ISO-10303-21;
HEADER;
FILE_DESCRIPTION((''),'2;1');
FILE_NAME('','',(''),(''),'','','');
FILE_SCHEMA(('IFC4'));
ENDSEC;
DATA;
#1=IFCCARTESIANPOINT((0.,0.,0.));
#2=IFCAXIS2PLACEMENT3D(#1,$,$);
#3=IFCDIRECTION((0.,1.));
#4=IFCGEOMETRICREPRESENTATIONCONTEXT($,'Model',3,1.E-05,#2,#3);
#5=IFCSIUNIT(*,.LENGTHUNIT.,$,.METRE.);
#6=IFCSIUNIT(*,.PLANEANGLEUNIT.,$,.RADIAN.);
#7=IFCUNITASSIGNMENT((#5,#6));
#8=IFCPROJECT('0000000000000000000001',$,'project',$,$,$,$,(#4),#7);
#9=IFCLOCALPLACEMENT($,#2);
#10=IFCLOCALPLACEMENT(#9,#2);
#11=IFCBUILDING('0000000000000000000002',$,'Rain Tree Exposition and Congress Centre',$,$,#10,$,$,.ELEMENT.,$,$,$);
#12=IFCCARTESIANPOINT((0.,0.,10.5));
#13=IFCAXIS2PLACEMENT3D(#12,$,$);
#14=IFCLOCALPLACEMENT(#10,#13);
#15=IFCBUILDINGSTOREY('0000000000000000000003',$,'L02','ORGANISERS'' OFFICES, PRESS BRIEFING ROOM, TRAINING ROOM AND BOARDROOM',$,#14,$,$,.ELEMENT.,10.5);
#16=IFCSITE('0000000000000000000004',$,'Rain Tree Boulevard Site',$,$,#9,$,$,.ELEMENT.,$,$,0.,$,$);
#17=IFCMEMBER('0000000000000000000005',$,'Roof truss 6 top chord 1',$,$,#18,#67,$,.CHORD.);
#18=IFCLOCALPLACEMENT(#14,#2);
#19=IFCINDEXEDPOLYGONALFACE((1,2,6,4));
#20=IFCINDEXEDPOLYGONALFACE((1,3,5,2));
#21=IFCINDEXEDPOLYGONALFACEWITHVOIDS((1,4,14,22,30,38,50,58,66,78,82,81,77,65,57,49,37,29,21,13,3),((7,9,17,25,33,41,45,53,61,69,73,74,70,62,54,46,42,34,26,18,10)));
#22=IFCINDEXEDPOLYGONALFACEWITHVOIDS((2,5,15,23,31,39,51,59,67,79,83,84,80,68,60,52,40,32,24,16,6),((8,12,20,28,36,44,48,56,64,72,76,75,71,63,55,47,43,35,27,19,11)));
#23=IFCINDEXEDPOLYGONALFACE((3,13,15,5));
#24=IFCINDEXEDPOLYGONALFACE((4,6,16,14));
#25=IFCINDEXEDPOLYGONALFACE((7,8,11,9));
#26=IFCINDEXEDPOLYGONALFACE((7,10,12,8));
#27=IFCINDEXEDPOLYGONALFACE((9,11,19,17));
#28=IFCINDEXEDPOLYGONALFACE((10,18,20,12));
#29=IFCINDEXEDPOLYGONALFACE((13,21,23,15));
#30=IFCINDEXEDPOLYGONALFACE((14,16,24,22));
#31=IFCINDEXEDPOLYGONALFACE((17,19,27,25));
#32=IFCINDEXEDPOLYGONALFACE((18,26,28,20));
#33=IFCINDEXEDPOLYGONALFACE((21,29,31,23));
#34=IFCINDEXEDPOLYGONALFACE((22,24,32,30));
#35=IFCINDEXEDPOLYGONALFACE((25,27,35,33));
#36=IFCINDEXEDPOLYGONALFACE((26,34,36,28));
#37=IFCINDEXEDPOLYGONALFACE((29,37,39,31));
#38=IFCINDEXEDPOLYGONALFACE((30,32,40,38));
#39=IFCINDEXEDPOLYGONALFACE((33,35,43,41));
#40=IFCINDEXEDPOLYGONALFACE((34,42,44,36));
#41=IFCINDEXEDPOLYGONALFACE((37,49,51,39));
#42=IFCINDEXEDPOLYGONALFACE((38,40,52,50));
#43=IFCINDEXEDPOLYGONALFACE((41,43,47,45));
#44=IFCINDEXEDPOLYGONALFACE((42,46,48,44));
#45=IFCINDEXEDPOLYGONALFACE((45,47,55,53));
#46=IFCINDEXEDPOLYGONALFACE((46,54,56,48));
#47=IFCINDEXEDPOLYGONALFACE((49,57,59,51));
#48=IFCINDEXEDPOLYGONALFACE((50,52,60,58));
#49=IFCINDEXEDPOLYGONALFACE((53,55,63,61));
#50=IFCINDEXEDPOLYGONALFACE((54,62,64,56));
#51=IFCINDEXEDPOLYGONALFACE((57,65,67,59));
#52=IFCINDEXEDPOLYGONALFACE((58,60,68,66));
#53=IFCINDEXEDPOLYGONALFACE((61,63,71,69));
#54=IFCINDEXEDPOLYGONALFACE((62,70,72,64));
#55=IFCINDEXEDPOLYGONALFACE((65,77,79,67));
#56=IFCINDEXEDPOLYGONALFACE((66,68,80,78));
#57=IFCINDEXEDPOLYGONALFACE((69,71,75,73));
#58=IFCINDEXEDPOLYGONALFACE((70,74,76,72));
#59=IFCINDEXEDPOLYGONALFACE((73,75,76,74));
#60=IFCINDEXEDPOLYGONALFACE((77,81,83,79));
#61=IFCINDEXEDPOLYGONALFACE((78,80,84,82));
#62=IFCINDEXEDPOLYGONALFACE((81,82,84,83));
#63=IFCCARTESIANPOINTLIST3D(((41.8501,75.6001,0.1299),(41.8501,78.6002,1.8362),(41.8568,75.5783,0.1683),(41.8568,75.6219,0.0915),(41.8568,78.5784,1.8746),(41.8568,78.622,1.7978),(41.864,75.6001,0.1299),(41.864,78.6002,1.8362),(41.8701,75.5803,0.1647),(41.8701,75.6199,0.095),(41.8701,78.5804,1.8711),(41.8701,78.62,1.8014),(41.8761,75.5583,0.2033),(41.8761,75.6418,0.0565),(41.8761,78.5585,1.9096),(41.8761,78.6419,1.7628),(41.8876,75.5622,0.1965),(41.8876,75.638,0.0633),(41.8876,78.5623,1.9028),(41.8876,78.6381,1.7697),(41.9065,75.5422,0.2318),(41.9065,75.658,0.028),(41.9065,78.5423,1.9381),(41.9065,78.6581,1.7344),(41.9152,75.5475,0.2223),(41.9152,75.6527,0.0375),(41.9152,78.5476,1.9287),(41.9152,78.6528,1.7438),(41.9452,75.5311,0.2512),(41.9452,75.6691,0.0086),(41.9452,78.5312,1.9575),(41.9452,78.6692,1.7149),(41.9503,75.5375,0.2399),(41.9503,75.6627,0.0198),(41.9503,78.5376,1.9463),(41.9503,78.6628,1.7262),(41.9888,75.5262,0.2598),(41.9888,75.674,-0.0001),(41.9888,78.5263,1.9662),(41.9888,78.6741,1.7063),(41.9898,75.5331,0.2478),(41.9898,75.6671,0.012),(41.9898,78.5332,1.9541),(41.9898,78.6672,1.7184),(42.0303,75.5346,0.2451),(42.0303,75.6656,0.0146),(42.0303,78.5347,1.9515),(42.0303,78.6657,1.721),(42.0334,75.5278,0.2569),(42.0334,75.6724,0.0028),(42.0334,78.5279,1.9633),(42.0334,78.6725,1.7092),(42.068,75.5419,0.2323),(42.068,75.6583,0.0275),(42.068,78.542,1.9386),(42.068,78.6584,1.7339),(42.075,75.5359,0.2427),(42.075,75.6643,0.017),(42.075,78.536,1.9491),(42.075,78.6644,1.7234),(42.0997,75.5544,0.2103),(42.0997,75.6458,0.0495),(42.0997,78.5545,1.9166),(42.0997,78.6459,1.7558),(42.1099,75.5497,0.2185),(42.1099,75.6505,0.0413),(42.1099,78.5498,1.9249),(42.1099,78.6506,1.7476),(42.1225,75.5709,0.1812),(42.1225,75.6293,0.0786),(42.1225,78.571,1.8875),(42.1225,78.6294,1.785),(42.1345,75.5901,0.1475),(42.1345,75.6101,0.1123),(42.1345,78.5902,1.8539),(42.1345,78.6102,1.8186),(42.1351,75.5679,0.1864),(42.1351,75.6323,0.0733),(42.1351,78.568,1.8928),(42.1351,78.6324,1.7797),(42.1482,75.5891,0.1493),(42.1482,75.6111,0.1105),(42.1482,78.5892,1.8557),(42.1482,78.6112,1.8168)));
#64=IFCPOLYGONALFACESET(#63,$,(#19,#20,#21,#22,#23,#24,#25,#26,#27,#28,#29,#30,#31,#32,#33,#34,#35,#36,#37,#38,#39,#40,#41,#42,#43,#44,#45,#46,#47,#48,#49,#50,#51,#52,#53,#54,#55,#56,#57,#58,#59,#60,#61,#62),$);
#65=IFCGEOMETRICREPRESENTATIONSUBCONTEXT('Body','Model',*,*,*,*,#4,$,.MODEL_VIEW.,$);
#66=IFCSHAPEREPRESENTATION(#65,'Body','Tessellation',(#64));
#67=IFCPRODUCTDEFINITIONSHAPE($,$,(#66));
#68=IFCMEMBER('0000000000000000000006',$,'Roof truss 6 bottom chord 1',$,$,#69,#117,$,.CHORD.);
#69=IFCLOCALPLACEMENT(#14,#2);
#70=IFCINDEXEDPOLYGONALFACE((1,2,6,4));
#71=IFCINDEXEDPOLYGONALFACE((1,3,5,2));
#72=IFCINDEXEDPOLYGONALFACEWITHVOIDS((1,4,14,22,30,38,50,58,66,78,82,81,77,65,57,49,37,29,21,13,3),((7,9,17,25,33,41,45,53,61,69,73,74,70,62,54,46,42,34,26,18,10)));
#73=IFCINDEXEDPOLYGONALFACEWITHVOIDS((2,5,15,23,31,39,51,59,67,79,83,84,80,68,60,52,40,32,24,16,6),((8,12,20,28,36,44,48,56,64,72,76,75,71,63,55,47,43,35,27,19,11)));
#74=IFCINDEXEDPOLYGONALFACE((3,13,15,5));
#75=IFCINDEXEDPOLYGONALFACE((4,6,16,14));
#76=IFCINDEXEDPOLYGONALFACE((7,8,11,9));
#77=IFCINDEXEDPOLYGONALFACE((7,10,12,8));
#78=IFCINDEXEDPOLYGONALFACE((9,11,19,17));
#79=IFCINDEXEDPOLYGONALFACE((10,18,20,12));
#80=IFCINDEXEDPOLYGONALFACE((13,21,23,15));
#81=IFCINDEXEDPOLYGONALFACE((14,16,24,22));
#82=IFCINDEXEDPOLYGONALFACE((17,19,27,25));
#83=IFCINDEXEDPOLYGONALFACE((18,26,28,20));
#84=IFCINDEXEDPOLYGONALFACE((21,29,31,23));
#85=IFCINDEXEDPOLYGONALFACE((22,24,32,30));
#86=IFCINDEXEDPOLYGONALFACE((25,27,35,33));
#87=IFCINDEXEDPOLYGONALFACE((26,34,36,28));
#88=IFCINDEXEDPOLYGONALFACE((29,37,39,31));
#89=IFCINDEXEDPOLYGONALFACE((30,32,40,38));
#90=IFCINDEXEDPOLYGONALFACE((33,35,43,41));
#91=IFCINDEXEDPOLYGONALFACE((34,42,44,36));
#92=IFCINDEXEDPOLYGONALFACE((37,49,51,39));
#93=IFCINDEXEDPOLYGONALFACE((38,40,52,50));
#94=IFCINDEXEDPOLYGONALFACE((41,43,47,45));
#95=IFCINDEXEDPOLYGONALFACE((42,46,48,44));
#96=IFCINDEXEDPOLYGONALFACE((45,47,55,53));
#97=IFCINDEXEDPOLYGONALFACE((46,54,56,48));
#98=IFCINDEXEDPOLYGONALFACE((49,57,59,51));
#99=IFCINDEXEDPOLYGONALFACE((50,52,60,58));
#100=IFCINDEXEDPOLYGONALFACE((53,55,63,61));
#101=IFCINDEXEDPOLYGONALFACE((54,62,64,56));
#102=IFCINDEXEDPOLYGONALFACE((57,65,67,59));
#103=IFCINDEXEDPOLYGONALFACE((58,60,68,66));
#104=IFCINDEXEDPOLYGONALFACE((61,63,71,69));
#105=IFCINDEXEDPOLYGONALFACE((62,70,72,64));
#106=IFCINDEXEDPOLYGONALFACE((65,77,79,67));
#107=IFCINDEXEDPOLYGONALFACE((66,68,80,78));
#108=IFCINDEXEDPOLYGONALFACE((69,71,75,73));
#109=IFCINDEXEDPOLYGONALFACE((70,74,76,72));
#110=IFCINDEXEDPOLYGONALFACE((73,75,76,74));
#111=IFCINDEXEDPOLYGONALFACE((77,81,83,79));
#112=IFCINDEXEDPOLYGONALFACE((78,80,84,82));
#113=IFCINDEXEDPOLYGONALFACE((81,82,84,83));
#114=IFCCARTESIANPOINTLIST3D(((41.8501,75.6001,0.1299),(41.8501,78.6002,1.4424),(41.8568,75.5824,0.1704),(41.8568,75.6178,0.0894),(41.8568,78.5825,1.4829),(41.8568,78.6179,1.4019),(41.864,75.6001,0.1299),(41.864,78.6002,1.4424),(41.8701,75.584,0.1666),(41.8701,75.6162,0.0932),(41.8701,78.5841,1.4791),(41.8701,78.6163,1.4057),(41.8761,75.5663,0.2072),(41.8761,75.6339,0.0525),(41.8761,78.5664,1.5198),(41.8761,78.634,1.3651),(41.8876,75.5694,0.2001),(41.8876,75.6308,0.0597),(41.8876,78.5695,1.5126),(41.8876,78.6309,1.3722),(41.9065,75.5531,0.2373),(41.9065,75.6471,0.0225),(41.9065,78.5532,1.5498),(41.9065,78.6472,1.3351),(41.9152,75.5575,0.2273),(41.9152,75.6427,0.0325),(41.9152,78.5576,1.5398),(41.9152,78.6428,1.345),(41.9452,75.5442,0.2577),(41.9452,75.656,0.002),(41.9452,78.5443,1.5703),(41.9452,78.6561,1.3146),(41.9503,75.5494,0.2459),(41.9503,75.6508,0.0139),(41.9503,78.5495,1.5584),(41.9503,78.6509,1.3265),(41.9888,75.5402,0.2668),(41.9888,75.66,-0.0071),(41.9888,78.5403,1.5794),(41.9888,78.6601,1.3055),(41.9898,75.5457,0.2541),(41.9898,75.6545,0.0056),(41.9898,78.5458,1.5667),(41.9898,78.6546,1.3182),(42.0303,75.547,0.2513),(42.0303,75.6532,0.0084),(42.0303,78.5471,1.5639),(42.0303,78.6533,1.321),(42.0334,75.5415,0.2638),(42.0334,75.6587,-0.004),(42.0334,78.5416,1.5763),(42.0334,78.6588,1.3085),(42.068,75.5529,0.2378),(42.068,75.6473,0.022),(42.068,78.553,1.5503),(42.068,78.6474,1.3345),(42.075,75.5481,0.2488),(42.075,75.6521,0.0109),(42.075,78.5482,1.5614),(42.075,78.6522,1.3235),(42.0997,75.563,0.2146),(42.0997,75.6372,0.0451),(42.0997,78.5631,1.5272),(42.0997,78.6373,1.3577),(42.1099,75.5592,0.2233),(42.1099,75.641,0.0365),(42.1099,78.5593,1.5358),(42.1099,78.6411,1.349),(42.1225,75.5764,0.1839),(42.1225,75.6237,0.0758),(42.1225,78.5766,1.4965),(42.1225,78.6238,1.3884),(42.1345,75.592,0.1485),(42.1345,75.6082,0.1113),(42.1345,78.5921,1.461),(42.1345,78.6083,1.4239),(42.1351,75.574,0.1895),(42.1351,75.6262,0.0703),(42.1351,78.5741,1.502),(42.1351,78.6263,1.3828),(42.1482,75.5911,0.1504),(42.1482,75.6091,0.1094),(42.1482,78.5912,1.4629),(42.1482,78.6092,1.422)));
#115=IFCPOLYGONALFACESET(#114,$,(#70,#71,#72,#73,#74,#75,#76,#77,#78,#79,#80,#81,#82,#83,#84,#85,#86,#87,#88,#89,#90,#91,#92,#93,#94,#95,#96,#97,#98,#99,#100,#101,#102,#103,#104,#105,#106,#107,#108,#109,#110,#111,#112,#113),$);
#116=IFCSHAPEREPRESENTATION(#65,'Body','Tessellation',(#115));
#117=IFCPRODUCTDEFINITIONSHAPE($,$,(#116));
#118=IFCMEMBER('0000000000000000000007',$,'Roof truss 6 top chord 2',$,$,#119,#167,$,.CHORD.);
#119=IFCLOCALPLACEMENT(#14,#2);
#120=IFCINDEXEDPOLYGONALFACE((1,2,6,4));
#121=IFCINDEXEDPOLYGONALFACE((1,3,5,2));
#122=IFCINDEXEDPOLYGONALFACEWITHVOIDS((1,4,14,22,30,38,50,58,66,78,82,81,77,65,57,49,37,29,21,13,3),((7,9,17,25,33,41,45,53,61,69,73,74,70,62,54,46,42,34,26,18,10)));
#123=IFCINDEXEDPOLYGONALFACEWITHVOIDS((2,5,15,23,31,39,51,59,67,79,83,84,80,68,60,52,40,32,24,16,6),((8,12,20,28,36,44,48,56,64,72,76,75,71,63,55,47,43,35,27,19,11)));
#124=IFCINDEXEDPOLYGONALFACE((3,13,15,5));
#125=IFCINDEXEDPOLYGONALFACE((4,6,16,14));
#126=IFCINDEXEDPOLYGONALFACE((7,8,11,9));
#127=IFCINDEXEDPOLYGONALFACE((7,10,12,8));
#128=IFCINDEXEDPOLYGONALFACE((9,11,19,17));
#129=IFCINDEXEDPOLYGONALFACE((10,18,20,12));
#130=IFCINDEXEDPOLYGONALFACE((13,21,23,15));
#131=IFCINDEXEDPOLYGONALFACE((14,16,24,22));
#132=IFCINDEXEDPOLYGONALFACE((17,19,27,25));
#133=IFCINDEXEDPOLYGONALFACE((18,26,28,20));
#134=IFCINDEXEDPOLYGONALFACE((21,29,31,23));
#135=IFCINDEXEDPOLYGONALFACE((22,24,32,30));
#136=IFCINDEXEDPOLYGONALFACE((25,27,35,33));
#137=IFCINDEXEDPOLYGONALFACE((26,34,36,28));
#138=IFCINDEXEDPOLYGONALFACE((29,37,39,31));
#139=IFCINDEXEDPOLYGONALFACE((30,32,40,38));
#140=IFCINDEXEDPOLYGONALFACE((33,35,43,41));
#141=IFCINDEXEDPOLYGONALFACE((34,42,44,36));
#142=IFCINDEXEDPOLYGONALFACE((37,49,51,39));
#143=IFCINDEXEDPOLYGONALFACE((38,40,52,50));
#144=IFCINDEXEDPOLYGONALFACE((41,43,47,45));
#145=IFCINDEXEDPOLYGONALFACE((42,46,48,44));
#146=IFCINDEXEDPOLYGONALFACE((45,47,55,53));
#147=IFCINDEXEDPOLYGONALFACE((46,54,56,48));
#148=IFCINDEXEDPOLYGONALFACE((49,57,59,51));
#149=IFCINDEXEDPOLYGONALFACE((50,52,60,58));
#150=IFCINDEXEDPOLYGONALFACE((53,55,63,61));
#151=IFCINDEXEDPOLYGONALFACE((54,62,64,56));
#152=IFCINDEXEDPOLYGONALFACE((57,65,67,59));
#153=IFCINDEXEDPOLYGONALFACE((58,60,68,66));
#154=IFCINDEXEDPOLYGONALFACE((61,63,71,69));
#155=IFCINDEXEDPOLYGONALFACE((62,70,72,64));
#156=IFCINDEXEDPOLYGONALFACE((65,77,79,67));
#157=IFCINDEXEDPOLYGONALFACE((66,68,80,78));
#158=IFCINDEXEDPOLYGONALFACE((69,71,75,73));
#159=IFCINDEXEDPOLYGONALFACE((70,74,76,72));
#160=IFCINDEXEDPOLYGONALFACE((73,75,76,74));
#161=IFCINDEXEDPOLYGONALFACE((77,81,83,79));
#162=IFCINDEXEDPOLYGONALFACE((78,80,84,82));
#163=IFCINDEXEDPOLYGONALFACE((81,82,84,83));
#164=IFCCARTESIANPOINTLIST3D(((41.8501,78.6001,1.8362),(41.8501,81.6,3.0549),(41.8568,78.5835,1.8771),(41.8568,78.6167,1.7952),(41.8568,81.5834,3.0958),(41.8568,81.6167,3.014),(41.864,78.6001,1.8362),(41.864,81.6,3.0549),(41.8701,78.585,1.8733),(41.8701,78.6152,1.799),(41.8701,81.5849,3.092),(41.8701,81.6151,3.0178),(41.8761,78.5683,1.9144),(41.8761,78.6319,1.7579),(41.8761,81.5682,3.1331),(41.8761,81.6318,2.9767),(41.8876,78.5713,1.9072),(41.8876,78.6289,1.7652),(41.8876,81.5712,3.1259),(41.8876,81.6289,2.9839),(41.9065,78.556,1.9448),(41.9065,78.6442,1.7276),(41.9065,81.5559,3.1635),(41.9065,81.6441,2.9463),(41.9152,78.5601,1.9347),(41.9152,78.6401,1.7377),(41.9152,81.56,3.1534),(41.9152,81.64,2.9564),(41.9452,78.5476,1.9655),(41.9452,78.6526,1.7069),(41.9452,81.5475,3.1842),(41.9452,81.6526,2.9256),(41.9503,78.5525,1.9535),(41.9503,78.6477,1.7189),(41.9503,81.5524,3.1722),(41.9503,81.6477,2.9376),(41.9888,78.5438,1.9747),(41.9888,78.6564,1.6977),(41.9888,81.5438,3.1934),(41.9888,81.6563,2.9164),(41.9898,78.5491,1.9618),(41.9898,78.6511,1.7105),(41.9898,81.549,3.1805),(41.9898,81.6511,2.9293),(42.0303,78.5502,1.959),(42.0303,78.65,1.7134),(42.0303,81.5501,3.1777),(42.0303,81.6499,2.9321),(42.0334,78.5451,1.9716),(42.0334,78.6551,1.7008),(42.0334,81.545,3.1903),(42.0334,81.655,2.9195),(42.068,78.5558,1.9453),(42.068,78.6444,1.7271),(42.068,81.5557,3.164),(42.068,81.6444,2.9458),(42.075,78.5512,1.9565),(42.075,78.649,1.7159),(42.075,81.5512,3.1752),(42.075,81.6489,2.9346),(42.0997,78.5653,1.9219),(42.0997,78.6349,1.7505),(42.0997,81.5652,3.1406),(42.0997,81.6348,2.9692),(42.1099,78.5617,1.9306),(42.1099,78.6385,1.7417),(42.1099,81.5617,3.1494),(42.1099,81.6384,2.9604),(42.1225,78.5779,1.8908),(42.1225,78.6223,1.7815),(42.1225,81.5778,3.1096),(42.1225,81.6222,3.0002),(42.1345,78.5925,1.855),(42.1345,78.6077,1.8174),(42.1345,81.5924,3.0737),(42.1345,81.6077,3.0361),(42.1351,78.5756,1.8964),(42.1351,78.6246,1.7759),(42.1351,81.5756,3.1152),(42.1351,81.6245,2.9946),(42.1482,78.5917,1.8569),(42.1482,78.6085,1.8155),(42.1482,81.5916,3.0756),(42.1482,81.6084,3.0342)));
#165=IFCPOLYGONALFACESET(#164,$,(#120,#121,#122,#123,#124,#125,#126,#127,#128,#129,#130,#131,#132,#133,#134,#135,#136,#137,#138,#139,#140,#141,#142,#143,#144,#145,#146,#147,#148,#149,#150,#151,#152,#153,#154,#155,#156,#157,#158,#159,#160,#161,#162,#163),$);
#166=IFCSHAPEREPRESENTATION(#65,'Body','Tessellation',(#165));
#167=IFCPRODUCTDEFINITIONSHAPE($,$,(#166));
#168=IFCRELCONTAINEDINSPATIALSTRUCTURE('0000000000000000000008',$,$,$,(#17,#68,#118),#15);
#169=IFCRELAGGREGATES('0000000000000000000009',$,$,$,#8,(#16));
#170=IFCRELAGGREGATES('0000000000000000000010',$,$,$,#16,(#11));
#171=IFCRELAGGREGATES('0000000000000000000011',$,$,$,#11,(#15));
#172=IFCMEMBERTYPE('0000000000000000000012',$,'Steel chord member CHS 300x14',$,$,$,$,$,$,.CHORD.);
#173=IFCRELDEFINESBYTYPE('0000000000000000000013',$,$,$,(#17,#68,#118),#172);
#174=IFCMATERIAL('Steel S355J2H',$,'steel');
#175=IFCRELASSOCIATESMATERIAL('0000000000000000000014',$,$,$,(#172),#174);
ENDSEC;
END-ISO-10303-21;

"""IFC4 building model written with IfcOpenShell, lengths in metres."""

from ifc_helpers import new_model, si_unit, direction, frame, origin, origin_2d, place, context, subcontext, project, spatial, hollow_circle, extrude, material, material_profile, profile_set, type_object, element, save


model = new_model("IFC4")

# Units and contexts
model_context = context("Model", 3, precision=1e-05, world=origin(), true_north=direction((0.0, 1.0)))
body_context = subcontext(model_context, "Body", "Model", "MODEL_VIEW")
ifc_project = project(units=[si_unit("LENGTHUNIT", "METRE"), si_unit("PLANEANGLEUNIT", "RADIAN")], contexts=[model_context])

# Site, building, storey
site_placement = place(None, origin())
site = spatial("IfcSite", under=ifc_project, at=site_placement, Name="Rain Tree Boulevard Site", CompositionType="ELEMENT", RefElevation=0.0)
building_placement = place(site_placement, origin())
building = spatial("IfcBuilding", under=site, at=building_placement, Name="Rain Tree Exposition and Congress Centre", CompositionType="ELEMENT")
storey_placement = place(building_placement, frame((0.0, 0.0, 10.5)))
storey = spatial("IfcBuildingStorey", under=building, at=storey_placement, Name="L02", Description="ORGANISERS' OFFICES, PRESS BRIEFING ROOM, TRAINING ROOM AND BOARDROOM", CompositionType="ELEMENT", Elevation=10.5)

# Members
ifc_material_1 = material(Name="Steel S355J2H", Category="steel")
ifc_material_profile_1 = material_profile(ifc_material_1, hollow_circle(Radius=0.1499, WallThickness=0.0139, at=origin_2d()), Name="CHS 300x14")
ifc_profile_set_1 = profile_set([ifc_material_profile_1], Name="Steel S355J2H")
member_type_1 = type_object("IfcMemberType", Name="Steel chord member CHS 300x14", PredefinedType="CHORD", material=ifc_profile_set_1)
member_1_placement = place(storey_placement, frame((42.0, 75.6001, 0.1299), z_axis=(0.0, 0.869238, 0.494393), x_axis=(-1.0, 0.0, 0.0)))
element("IfcMember", 1, at=member_1_placement, inside=storey, type_object=member_type_1, Name="Roof truss 6 top chord 1", PredefinedType="CHORD", context=body_context, shape_type="SweptSolid", body=[
    extrude(hollow_circle(Radius=0.1499, WallThickness=0.0139, at=origin_2d()), origin(), (0.0, 0.0, 1.0), 3.4514),
])
member_2_placement = place(storey_placement, frame((42.0, 75.6001, 0.1299), z_axis=(0.0, 0.916157, 0.400819), x_axis=(-1.0, 0.0, 0.0)))
element("IfcMember", 2, at=member_2_placement, inside=storey, type_object=member_type_1, Name="Roof truss 6 bottom chord 1", PredefinedType="CHORD", context=body_context, shape_type="SweptSolid", body=[
    extrude(hollow_circle(Radius=0.1499, WallThickness=0.0139, at=origin_2d()), origin(), (0.0, 0.0, 1.0), 3.2747),
])
member_3_placement = place(storey_placement, frame((42.0, 78.6001, 1.8362), z_axis=(0.0, 0.926467, 0.376377), x_axis=(-1.0, 0.0, 0.0)))
element("IfcMember", 3, at=member_3_placement, inside=storey, type_object=member_type_1, Name="Roof truss 6 top chord 2", PredefinedType="CHORD", context=body_context, shape_type="SweptSolid", body=[
    extrude(hollow_circle(Radius=0.1499, WallThickness=0.0139, at=origin_2d()), origin(), (0.0, 0.0, 1.0), 3.238),
])

save(model, "model.ifc")
